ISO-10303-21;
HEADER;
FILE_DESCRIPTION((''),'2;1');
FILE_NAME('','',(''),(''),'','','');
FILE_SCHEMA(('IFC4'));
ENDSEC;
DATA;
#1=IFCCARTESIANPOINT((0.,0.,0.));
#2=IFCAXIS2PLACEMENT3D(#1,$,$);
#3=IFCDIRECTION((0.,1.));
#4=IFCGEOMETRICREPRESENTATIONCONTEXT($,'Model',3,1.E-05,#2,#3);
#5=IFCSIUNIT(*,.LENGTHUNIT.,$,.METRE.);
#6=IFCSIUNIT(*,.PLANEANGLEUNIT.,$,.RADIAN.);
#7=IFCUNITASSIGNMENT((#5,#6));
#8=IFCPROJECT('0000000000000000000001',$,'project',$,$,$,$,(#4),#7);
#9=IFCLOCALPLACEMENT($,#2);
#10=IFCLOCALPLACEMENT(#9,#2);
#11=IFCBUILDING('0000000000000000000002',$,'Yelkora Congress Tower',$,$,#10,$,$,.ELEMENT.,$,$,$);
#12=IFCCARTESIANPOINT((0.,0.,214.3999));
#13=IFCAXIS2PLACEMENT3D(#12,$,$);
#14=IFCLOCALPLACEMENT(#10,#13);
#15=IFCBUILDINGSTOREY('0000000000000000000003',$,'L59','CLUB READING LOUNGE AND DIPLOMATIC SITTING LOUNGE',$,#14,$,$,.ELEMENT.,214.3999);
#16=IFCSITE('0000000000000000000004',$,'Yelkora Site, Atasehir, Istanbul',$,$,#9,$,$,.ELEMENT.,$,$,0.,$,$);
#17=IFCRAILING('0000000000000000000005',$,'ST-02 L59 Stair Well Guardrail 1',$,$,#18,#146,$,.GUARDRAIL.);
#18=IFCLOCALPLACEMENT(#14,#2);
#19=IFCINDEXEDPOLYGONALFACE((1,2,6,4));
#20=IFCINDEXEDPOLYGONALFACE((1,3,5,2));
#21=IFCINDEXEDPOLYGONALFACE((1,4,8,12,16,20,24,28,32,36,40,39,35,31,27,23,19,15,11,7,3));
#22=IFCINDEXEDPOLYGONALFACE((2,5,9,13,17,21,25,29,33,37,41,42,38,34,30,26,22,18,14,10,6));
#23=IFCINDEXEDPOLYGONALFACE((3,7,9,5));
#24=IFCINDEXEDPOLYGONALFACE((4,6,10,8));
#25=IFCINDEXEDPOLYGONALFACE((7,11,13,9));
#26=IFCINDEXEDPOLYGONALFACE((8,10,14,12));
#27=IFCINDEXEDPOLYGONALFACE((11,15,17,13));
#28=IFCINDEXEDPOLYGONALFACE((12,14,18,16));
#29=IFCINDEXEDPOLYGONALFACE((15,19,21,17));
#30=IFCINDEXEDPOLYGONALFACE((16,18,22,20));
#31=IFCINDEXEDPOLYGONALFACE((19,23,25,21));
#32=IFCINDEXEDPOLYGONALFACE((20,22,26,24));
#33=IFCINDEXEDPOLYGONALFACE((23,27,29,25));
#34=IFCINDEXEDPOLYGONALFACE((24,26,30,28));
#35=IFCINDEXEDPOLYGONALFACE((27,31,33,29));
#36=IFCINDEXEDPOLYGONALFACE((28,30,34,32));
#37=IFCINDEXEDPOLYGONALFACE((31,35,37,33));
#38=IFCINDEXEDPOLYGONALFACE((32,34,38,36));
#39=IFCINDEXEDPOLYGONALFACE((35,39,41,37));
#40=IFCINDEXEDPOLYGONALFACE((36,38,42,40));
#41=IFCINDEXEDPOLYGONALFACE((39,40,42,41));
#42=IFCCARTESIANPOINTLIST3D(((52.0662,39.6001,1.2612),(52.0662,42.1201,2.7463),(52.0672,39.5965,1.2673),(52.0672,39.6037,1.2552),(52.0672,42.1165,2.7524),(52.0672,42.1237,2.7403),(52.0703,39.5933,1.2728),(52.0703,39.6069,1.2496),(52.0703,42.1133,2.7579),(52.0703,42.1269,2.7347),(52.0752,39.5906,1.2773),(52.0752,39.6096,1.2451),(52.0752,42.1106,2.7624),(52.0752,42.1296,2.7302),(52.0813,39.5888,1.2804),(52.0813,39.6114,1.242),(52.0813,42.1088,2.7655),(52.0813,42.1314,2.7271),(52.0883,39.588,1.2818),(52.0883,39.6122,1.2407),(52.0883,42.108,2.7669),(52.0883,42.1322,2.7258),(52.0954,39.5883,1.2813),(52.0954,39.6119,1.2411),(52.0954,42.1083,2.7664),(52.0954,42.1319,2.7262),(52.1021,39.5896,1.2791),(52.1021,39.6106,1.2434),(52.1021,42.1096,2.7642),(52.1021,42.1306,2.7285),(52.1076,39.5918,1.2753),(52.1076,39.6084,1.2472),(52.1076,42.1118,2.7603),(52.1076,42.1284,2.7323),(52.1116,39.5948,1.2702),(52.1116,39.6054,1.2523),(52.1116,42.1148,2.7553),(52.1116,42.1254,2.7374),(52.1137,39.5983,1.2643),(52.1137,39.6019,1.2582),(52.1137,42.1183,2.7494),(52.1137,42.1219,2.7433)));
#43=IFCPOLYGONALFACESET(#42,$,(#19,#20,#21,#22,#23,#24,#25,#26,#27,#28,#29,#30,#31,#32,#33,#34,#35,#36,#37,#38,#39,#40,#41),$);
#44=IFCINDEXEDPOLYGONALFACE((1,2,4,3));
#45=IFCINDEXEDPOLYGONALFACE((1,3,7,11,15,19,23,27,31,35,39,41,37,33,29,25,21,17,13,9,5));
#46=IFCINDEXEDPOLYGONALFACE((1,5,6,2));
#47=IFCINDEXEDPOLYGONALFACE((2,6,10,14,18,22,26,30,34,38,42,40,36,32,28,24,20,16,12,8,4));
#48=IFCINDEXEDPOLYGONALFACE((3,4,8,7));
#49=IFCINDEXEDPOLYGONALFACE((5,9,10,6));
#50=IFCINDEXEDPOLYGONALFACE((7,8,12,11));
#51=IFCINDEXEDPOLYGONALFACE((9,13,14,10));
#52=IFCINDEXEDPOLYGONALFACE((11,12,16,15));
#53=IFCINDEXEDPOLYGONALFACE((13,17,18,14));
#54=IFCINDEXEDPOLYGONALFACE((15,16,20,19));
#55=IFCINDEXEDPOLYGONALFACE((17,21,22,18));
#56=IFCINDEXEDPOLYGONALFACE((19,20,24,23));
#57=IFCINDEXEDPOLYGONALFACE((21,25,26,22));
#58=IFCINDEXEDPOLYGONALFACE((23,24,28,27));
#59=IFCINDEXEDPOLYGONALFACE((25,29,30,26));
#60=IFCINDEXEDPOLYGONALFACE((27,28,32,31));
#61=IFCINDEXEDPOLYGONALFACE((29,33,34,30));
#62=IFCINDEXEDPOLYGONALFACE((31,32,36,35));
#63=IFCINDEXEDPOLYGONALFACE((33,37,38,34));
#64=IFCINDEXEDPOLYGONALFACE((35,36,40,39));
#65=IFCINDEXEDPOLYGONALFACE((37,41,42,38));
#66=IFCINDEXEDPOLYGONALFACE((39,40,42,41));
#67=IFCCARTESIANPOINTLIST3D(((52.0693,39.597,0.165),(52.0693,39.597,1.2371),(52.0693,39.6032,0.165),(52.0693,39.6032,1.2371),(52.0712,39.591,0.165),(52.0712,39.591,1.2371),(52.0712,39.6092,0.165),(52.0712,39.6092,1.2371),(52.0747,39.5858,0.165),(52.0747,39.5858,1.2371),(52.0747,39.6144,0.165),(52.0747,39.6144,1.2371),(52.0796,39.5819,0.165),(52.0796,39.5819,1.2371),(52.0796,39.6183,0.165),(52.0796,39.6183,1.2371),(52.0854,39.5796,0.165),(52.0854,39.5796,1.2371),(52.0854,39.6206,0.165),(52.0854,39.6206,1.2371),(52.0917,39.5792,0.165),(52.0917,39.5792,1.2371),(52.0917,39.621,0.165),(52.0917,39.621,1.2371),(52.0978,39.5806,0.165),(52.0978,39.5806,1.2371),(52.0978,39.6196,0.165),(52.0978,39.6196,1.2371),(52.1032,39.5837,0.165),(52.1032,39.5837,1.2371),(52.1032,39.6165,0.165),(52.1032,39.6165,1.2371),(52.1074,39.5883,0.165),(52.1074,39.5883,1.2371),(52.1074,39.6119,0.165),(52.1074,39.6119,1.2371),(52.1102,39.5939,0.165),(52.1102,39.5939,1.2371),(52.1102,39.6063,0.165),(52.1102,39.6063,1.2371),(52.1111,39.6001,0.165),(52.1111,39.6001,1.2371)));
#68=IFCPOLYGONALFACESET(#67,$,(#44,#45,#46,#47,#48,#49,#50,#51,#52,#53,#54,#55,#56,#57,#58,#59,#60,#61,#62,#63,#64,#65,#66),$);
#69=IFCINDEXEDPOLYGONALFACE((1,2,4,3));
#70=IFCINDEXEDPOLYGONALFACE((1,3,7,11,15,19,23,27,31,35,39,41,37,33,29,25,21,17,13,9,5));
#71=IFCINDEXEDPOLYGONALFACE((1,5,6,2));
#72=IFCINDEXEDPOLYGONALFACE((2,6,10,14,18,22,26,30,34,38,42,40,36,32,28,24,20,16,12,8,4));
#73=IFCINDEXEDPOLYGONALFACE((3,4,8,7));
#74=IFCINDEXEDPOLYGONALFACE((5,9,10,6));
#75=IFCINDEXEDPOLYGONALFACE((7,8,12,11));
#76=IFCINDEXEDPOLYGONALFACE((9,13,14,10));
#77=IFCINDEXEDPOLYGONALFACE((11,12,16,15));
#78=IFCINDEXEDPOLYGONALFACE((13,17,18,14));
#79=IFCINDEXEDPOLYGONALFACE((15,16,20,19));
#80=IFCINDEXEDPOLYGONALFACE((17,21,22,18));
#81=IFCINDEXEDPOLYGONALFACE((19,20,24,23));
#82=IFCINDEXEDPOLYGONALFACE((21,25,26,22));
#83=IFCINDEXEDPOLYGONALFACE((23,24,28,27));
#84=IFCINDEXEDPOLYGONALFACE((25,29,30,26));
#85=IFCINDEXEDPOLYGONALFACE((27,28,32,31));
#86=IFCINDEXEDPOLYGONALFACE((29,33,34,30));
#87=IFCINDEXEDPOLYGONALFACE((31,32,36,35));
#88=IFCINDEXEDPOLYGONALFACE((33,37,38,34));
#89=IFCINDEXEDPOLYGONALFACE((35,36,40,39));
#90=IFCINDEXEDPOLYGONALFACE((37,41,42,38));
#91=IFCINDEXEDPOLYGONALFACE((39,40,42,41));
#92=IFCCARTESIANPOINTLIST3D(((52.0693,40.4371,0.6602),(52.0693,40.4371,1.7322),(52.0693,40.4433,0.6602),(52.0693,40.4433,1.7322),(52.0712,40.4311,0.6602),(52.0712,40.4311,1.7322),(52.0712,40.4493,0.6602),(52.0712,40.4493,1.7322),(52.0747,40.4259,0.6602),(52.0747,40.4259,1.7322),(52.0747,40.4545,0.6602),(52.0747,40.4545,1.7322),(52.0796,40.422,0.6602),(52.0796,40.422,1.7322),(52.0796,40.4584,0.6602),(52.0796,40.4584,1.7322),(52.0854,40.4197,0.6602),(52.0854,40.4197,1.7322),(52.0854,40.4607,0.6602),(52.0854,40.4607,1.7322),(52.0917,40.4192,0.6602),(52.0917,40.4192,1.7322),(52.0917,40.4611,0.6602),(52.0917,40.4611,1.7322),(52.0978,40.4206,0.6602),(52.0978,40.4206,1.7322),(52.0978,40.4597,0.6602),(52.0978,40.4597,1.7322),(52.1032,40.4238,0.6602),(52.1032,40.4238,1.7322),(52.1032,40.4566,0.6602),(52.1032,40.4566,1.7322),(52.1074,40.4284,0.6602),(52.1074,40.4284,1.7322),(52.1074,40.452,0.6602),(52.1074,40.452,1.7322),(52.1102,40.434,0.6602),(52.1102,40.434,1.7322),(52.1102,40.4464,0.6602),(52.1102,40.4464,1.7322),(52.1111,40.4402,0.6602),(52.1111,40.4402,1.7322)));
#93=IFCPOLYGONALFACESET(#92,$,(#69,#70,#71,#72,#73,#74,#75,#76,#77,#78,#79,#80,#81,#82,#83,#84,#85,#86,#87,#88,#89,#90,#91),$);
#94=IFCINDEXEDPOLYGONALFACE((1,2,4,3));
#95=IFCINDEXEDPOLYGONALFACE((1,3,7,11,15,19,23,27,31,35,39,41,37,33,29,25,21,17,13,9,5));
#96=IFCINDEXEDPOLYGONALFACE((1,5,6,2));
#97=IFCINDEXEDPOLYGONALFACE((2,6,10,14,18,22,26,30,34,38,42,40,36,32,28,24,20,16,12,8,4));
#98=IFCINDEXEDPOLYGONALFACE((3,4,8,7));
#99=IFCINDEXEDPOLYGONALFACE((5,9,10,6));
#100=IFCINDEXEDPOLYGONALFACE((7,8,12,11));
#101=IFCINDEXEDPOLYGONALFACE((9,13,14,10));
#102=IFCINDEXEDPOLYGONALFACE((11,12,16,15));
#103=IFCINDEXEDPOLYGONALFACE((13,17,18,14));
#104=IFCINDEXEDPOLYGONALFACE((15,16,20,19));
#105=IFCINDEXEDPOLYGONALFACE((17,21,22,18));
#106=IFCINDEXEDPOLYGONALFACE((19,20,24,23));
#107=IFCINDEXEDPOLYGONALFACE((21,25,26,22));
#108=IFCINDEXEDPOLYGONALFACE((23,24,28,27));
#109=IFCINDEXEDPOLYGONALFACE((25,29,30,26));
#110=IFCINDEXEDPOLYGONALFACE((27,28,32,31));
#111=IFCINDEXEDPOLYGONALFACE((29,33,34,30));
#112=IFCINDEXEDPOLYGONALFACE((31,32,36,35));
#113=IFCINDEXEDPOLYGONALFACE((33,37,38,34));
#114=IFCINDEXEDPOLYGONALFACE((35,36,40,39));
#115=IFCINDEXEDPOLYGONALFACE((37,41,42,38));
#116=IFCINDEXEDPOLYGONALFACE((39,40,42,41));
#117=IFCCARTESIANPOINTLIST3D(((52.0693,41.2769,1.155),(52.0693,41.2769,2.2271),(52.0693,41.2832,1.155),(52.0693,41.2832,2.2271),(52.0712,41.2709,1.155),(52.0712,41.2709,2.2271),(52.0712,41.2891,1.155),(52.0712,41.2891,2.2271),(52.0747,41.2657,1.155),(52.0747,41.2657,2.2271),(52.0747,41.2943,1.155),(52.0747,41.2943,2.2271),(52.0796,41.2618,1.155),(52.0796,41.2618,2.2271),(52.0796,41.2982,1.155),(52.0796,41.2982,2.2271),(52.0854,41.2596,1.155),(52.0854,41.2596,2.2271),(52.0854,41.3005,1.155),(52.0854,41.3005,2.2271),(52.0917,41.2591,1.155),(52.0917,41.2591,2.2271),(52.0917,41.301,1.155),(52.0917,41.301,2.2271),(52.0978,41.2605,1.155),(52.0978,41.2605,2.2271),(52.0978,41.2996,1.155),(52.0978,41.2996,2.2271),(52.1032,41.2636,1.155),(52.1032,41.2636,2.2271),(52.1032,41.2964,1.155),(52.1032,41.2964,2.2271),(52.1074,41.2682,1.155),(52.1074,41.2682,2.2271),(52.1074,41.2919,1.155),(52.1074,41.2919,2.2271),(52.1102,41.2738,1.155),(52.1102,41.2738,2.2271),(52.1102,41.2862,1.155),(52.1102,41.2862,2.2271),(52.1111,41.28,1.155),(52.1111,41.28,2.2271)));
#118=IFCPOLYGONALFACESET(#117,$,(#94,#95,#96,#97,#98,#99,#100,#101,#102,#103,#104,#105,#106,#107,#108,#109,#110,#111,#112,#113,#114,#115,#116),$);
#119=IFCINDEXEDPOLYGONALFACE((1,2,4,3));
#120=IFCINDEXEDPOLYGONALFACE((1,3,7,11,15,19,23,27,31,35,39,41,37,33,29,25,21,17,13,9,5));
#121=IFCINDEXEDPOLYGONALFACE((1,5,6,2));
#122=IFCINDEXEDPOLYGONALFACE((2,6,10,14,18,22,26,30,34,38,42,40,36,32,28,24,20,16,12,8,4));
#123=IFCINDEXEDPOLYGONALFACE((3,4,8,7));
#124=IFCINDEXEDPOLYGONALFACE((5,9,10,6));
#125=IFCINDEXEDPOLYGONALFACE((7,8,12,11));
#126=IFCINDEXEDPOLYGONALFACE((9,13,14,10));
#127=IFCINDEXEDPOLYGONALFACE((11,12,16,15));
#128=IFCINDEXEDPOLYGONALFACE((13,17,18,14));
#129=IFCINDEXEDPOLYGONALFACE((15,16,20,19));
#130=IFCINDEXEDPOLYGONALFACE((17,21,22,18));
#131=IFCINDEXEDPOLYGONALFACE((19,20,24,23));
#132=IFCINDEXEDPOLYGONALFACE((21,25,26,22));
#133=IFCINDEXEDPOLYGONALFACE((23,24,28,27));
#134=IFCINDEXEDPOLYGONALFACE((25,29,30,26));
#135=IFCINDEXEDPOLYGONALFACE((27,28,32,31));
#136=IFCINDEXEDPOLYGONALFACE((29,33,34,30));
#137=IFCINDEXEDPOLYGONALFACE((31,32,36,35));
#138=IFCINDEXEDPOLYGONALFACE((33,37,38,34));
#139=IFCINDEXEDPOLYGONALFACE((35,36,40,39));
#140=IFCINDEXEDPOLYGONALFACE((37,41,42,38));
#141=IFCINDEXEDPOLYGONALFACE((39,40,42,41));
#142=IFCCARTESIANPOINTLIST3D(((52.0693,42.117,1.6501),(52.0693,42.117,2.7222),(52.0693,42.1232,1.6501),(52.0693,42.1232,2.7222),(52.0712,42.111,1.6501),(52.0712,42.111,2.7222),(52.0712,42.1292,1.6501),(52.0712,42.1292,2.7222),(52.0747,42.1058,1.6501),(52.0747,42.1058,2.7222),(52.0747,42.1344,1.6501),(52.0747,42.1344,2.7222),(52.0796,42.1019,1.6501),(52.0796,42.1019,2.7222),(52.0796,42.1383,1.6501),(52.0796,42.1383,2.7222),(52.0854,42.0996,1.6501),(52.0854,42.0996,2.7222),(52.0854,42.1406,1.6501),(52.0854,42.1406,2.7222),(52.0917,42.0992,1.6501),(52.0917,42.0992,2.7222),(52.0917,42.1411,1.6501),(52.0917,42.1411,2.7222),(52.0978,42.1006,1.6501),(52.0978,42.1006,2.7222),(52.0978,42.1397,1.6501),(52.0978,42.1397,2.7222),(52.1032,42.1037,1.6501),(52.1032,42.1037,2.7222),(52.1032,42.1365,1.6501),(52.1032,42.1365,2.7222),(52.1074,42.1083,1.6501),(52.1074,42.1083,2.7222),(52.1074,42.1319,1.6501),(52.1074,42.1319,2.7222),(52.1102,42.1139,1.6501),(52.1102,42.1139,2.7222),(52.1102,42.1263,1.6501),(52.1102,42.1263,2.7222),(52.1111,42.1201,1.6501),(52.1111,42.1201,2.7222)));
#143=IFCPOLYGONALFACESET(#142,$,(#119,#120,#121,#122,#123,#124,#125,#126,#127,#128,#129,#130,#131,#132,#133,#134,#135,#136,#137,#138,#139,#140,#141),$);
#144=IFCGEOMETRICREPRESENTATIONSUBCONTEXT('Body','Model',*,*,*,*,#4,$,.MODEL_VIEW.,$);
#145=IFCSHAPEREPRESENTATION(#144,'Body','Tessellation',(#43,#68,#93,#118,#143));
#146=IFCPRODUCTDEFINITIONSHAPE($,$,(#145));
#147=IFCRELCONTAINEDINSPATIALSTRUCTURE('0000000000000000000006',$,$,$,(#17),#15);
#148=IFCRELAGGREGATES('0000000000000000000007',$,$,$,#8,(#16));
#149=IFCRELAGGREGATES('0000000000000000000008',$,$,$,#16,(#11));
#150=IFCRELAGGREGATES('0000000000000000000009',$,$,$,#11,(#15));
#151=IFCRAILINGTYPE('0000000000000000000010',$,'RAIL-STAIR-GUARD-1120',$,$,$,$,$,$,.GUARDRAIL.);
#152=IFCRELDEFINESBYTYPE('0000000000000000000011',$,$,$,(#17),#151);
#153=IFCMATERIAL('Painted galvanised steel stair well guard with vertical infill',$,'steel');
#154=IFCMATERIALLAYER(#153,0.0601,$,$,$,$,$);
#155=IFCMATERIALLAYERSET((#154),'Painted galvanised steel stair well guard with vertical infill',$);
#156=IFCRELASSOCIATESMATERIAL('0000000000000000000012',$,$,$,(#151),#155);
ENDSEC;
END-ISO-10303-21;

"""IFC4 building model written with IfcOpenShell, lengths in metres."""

from ifc_helpers import new_model, si_unit, direction, frame, origin, origin_2d, place, context, subcontext, project, spatial, circle, extrude, material, layer, layer_set, type_object, element, save


model = new_model("IFC4")

# Units and contexts
model_context = context("Model", 3, precision=1e-05, world=origin(), true_north=direction((0.0, 1.0)))
body_context = subcontext(model_context, "Body", "Model", "MODEL_VIEW")
ifc_project = project(units=[si_unit("LENGTHUNIT", "METRE"), si_unit("PLANEANGLEUNIT", "RADIAN")], contexts=[model_context])

# Site, building, storey
site_placement = place(None, origin())
site = spatial("IfcSite", under=ifc_project, at=site_placement, Name="Yelkora Site, Atasehir, Istanbul", CompositionType="ELEMENT", RefElevation=0.0)
building_placement = place(site_placement, origin())
building = spatial("IfcBuilding", under=site, at=building_placement, Name="Yelkora Congress Tower", CompositionType="ELEMENT")
storey_placement = place(building_placement, frame((0.0, 0.0, 214.3999)))
storey = spatial("IfcBuildingStorey", under=building, at=storey_placement, Name="L59", Description="CLUB READING LOUNGE AND DIPLOMATIC SITTING LOUNGE", CompositionType="ELEMENT", Elevation=214.3999)

# Railing
ifc_material_1 = material(Name="Painted galvanised steel stair well guard with vertical infill", Category="steel")
ifc_layer_1 = layer(ifc_material_1, 0.0601)
ifc_layer_set_1 = layer_set([ifc_layer_1], Name="Painted galvanised steel stair well guard with vertical infill")
railing_type_1 = type_object("IfcRailingType", Name="RAIL-STAIR-GUARD-1120", PredefinedType="GUARDRAIL", material=ifc_layer_set_1)
railing_1_placement = place(storey_placement, frame((52.0901, 39.6001, 0.165)))
element("IfcRailing", 1, at=railing_1_placement, inside=storey, type_object=railing_type_1, Name="ST-02 L59 Stair Well Guardrail 1", PredefinedType="GUARDRAIL", context=body_context, shape_type="SweptSolid", body=[
    extrude(circle(Radius=0.0239, at=origin_2d()), frame((0.0, 0.0, 1.0962), z_axis=(0.0, 0.861524, 0.507717), x_axis=(-1.0, 0.0, 0.0)), (0.0, 0.0, 1.0), 2.925),
    extrude(circle(Radius=0.021, at=origin_2d()), origin(), (0.0, 0.0, 1.0), 1.072),
    extrude(circle(Radius=0.021, at=origin_2d()), frame((0.0, 0.8401, 0.4951)), (0.0, 0.0, 1.0), 1.072),
    extrude(circle(Radius=0.021, at=origin_2d()), frame((0.0, 1.6799, 0.99)), (0.0, 0.0, 1.0), 1.072),
    extrude(circle(Radius=0.021, at=origin_2d()), frame((0.0, 2.52, 1.4851)), (0.0, 0.0, 1.0), 1.072),
])

save(model, "model.ifc")
